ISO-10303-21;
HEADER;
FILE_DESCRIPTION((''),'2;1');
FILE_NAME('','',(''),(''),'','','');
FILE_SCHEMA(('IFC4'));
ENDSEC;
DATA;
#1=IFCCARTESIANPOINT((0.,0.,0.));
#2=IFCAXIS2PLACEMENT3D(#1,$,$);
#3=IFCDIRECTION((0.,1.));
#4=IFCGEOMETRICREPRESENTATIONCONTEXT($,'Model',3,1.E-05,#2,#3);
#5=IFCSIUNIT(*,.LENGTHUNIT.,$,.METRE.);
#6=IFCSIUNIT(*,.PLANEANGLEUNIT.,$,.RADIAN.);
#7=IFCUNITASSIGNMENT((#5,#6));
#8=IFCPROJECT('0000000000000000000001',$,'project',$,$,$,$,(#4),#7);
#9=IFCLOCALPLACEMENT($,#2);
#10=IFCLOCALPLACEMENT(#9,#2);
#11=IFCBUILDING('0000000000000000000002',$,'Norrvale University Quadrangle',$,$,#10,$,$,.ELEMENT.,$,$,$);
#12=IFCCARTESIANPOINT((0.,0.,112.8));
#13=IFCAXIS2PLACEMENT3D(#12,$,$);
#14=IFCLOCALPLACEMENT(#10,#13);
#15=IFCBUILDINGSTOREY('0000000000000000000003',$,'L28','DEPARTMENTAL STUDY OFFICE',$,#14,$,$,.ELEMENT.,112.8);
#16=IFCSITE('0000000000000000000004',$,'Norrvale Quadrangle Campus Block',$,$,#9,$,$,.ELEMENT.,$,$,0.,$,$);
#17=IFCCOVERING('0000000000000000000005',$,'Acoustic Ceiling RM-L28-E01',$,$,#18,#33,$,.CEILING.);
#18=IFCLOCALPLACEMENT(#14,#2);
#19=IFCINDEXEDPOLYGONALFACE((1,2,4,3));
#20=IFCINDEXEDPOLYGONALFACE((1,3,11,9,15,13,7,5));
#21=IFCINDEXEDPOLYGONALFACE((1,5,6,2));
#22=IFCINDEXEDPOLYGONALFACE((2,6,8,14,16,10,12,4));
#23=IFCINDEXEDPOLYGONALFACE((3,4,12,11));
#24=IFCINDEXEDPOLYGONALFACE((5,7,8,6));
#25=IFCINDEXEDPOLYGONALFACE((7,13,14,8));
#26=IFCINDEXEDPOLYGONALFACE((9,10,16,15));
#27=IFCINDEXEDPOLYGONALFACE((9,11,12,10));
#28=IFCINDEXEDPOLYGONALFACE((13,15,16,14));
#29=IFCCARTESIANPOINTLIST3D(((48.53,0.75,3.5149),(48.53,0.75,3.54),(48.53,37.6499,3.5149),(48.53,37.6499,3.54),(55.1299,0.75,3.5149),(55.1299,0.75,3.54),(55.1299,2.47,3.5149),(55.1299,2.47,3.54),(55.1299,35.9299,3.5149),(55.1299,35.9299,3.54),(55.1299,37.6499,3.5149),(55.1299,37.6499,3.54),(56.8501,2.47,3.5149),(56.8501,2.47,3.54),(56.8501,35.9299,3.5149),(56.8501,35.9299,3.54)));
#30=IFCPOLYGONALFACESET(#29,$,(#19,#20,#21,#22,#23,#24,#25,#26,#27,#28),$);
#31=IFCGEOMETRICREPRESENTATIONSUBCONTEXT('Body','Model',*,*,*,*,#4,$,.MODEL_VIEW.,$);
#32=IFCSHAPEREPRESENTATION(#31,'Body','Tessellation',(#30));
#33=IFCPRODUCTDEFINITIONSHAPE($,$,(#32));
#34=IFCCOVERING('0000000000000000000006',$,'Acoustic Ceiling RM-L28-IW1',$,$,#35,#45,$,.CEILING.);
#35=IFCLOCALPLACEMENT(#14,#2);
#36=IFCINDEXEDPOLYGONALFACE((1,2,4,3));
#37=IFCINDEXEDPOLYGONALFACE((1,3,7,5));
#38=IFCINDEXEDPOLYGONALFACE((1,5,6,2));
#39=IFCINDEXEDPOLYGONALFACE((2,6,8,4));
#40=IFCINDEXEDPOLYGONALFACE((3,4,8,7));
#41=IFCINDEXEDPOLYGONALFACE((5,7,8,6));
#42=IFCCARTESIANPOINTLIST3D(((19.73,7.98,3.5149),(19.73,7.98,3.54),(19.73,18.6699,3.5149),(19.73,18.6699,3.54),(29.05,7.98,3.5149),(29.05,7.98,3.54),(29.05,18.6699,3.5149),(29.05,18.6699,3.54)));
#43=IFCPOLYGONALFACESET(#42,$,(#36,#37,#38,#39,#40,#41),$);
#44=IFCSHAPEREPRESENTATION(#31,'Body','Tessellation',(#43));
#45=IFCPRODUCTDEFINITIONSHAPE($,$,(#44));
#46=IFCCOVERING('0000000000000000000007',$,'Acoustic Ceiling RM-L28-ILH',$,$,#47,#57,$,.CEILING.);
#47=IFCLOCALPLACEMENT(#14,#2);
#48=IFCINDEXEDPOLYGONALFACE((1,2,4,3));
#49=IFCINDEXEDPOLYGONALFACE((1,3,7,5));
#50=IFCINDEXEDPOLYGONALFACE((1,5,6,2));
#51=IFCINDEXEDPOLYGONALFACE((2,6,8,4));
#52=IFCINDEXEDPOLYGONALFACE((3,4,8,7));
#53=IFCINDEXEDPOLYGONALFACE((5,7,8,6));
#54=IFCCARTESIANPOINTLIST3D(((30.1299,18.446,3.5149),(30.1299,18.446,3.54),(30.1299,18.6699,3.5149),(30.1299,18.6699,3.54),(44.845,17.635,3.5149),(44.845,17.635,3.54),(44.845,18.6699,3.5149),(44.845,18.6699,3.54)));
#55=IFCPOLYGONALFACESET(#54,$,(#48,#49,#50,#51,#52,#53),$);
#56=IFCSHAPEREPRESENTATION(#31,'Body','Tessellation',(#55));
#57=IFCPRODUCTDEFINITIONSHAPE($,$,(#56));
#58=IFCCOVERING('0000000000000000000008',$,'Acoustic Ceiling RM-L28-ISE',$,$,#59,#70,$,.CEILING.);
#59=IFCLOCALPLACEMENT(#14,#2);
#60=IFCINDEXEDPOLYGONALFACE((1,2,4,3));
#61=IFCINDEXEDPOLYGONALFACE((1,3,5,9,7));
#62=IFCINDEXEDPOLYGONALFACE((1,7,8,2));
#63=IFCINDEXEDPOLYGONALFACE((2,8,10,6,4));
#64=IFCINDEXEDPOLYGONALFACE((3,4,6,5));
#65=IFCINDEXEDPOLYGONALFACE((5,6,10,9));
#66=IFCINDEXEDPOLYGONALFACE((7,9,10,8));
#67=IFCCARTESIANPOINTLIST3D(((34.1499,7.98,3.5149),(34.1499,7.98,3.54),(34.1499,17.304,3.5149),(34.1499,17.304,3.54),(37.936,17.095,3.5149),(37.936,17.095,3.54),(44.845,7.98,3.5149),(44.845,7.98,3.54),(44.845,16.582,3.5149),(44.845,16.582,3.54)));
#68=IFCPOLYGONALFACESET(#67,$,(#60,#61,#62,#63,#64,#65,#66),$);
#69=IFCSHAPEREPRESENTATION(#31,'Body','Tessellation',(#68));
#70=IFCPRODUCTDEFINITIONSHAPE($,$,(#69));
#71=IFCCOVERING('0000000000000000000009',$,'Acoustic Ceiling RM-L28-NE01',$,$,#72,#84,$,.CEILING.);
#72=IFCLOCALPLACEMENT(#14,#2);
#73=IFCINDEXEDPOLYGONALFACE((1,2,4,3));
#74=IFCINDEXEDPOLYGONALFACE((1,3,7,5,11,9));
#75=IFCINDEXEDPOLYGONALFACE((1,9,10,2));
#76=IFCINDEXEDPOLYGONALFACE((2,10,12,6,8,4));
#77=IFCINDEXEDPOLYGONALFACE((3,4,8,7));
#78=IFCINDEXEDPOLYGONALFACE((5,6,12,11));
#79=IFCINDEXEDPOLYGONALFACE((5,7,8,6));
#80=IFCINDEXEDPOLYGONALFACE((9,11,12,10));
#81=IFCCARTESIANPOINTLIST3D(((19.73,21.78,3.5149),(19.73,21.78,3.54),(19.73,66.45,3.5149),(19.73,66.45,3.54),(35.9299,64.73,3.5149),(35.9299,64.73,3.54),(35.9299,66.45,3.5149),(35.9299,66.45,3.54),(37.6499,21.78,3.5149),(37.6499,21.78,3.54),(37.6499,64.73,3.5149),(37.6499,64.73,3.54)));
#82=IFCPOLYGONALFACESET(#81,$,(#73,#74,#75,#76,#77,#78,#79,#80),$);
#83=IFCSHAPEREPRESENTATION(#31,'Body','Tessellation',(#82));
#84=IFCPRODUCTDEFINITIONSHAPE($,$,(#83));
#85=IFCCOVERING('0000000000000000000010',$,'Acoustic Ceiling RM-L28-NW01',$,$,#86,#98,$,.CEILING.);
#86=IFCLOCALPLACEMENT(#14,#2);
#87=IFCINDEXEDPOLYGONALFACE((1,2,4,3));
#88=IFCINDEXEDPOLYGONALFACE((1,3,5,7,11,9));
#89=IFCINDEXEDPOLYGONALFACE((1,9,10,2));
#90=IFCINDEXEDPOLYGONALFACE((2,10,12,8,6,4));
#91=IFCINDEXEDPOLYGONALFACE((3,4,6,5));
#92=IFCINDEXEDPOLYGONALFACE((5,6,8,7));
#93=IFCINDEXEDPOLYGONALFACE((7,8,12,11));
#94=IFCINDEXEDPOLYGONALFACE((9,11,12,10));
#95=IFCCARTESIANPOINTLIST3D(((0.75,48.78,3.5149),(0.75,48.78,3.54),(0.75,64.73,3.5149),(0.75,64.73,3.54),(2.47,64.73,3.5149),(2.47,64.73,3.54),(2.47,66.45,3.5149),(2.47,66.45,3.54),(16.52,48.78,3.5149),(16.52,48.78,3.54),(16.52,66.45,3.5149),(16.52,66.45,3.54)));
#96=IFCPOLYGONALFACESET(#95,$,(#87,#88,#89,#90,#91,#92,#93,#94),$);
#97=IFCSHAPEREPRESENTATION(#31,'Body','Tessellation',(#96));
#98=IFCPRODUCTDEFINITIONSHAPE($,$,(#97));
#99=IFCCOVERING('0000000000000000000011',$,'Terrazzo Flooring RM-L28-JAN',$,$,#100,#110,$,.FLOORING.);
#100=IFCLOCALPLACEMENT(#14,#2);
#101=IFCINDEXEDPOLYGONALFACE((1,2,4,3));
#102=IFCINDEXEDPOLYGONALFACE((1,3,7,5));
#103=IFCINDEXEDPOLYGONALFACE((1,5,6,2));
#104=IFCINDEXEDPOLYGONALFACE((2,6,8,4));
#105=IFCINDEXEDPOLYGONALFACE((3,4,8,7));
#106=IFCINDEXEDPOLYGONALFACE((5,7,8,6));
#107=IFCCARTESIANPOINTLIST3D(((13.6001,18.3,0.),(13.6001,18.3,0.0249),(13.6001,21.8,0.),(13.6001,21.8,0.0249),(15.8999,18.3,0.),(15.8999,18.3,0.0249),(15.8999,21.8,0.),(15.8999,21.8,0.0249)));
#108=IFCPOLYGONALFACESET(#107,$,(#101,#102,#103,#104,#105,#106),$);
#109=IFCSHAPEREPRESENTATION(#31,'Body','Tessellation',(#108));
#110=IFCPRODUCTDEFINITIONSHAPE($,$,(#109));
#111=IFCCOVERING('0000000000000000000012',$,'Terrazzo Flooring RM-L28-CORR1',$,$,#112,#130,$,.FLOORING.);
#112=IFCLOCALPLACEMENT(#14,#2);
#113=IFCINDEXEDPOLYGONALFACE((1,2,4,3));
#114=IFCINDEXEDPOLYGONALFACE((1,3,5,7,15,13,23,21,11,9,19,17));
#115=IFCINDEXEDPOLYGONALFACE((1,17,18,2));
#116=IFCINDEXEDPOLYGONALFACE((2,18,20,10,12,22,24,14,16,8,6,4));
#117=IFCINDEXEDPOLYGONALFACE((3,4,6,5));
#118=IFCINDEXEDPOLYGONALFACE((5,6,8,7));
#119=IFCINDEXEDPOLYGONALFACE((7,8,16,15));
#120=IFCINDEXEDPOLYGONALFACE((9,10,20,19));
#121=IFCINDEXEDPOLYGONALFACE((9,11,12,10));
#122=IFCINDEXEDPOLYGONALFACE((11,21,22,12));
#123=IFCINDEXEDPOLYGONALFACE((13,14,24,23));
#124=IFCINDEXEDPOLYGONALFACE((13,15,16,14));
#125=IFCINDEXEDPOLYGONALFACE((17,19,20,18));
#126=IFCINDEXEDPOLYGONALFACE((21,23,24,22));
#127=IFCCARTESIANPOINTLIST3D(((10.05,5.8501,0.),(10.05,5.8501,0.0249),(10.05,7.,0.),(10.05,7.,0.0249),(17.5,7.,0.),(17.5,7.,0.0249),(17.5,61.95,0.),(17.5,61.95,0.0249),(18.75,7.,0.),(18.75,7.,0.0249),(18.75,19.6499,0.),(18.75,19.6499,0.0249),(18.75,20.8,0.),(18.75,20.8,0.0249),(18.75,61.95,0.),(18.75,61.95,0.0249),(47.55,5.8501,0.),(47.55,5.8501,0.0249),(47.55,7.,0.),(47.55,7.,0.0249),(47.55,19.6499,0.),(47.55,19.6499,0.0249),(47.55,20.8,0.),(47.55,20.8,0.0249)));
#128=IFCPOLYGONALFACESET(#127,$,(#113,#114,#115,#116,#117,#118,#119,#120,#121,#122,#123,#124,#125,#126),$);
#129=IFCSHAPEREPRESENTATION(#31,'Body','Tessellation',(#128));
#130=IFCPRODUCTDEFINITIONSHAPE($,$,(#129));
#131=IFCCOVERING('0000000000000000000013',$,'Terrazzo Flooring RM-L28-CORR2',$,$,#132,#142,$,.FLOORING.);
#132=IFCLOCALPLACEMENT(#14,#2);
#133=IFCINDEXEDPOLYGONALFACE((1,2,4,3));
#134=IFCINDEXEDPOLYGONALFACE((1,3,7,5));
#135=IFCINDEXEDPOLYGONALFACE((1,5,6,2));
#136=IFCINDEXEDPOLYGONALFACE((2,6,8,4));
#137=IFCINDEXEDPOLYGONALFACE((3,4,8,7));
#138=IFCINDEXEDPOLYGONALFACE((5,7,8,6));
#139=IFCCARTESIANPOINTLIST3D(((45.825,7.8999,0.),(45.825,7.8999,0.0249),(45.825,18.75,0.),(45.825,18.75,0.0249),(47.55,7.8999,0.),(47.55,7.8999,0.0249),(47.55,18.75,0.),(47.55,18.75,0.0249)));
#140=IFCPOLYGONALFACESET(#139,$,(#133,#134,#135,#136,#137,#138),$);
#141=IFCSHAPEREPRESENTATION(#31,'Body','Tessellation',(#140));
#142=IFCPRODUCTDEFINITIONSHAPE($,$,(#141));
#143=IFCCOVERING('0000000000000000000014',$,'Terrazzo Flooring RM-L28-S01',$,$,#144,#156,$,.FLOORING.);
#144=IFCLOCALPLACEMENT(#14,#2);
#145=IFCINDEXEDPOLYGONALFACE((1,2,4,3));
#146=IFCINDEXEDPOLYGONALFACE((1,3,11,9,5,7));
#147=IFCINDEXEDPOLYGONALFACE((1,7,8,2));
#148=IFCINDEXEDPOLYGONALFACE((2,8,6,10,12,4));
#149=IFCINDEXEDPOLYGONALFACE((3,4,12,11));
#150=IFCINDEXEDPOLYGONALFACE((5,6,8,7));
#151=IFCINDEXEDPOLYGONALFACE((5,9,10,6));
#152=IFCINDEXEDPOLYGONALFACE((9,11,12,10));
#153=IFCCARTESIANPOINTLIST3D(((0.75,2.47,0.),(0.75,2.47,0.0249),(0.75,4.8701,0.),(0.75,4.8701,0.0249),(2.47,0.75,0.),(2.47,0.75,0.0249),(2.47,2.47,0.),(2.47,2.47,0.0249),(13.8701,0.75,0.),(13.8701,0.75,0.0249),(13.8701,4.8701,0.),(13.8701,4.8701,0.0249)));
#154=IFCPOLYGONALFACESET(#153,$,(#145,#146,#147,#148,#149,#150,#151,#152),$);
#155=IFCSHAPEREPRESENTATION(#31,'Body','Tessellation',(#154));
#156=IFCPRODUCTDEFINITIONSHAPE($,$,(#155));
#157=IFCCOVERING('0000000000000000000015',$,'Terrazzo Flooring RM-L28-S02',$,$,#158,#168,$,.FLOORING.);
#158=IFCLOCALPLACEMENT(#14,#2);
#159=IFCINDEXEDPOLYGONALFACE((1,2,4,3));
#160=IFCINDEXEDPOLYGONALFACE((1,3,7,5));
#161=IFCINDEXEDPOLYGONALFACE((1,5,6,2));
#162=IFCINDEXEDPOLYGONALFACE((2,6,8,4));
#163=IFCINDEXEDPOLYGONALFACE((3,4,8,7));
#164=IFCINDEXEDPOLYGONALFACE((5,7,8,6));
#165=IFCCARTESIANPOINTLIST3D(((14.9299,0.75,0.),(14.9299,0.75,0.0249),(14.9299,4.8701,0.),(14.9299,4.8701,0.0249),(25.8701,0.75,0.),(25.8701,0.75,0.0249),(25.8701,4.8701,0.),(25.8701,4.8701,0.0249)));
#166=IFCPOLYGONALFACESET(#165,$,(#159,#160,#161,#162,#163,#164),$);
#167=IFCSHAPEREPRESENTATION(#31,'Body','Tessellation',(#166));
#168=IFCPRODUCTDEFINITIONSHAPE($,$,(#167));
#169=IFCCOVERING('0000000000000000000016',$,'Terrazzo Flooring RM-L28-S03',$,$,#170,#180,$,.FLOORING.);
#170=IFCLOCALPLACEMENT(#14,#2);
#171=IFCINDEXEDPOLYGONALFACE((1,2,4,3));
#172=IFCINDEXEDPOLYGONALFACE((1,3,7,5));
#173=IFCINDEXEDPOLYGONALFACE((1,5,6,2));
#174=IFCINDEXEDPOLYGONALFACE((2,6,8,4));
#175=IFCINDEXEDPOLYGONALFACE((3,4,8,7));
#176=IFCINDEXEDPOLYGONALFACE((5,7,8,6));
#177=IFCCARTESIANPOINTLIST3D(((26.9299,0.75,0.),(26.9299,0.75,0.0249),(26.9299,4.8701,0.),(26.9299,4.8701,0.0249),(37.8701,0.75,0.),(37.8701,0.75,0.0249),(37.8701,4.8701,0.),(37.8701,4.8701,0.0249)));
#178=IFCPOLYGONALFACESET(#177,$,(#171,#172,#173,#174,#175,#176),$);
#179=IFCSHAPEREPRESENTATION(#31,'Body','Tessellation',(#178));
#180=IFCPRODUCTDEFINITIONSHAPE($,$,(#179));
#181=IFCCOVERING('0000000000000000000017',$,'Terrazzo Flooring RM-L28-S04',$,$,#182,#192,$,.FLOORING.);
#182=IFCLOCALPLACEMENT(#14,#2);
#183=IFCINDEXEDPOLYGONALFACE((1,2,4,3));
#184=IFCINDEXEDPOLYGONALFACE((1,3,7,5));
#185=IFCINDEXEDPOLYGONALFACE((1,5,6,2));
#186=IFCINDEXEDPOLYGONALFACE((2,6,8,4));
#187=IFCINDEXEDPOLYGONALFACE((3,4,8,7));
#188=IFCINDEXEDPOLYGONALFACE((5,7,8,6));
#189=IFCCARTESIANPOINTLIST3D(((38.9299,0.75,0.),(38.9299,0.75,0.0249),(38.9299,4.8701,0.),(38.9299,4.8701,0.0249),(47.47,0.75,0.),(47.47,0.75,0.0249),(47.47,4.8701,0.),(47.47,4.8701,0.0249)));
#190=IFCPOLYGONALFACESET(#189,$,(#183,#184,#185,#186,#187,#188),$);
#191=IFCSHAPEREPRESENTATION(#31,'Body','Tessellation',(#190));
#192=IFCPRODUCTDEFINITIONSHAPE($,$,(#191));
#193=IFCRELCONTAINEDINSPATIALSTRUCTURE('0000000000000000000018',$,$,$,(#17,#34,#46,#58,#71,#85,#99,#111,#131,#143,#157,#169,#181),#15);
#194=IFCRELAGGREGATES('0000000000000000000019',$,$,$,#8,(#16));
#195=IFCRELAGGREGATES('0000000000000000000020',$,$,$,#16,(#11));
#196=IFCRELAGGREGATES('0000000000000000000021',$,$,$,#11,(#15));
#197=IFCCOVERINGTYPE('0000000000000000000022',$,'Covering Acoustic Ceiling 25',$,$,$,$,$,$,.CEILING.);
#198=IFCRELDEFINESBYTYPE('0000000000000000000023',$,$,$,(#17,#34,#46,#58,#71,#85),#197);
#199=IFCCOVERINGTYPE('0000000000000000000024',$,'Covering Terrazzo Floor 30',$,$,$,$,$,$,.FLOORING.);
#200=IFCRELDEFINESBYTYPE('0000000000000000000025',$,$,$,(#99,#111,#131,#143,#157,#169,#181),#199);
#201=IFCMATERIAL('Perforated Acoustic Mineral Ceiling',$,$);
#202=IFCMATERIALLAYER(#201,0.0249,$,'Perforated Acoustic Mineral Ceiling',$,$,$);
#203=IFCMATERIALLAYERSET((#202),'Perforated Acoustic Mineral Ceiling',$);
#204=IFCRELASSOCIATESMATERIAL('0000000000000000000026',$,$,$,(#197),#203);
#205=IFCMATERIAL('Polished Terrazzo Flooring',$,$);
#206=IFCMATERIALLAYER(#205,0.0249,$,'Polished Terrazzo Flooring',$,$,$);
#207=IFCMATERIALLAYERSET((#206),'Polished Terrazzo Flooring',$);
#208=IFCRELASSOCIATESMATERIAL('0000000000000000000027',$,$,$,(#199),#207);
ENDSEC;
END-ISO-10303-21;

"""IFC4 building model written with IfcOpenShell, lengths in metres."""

from ifc_helpers import new_model, si_unit, direction, frame, origin, place, context, subcontext, project, spatial, polyline, outline, extrude, material, layer, layer_set, type_object, element, save


model = new_model("IFC4")

# Units and contexts
model_context = context("Model", 3, precision=1e-05, world=origin(), true_north=direction((0.0, 1.0)))
body_context = subcontext(model_context, "Body", "Model", "MODEL_VIEW")
ifc_project = project(units=[si_unit("LENGTHUNIT", "METRE"), si_unit("PLANEANGLEUNIT", "RADIAN")], contexts=[model_context])

# Site, building, storey
site_placement = place(None, origin())
site = spatial("IfcSite", under=ifc_project, at=site_placement, Name="Norrvale Quadrangle Campus Block", CompositionType="ELEMENT", RefElevation=0.0)
building_placement = place(site_placement, origin())
building = spatial("IfcBuilding", under=site, at=building_placement, Name="Norrvale University Quadrangle", CompositionType="ELEMENT")
storey_placement = place(building_placement, frame((0.0, 0.0, 112.8)))
storey = spatial("IfcBuildingStorey", under=building, at=storey_placement, Name="L28", Description="DEPARTMENTAL STUDY OFFICE", CompositionType="ELEMENT", Elevation=112.8)

# Coverings
ifc_material_1 = material(Name="Perforated Acoustic Mineral Ceiling")
ifc_layer_1 = layer(ifc_material_1, 0.0249, Name="Perforated Acoustic Mineral Ceiling")
ifc_layer_set_1 = layer_set([ifc_layer_1], Name="Perforated Acoustic Mineral Ceiling")
covering_type_1 = type_object("IfcCoveringType", Name="Covering Acoustic Ceiling 25", PredefinedType="CEILING", material=ifc_layer_set_1)
covering_1_placement = place(storey_placement, frame((0.0, 0.0, 3.5149)))
element("IfcCovering", 1, at=covering_1_placement, inside=storey, type_object=covering_type_1, Name="Acoustic Ceiling RM-L28-E01", PredefinedType="CEILING", context=body_context, shape_type="SweptSolid", body=[
    extrude(outline(polyline([(48.53, 37.6499), (55.1299, 37.6499), (55.1299, 35.9299), (56.8501, 35.9299), (56.8501, 2.47), (55.1299, 2.47), (55.1299, 0.75), (48.53, 0.75), (48.53, 37.6499)])), origin(), (0.0, 0.0, 1.0), 0.0251),
])
covering_2_placement = place(storey_placement, frame((0.0, 0.0, 3.5149)))
element("IfcCovering", 2, at=covering_2_placement, inside=storey, type_object=covering_type_1, Name="Acoustic Ceiling RM-L28-IW1", PredefinedType="CEILING", context=body_context, shape_type="SweptSolid", body=[
    extrude(outline(polyline([(19.73, 7.98), (19.73, 18.6699), (29.05, 18.6699), (29.05, 7.98), (19.73, 7.98)])), origin(), (0.0, 0.0, 1.0), 0.0251),
])
covering_3_placement = place(storey_placement, frame((0.0, 0.0, 3.5149)))
element("IfcCovering", 3, at=covering_3_placement, inside=storey, type_object=covering_type_1, Name="Acoustic Ceiling RM-L28-ILH", PredefinedType="CEILING", context=body_context, shape_type="SweptSolid", body=[
    extrude(outline(polyline([(30.1299, 18.446), (30.1299, 18.6699), (44.845, 18.6699), (44.845, 17.635), (30.1299, 18.446)])), origin(), (0.0, 0.0, 1.0), 0.0251),
])
covering_4_placement = place(storey_placement, frame((0.0, 0.0, 3.5149)))
element("IfcCovering", 4, at=covering_4_placement, inside=storey, type_object=covering_type_1, Name="Acoustic Ceiling RM-L28-ISE", PredefinedType="CEILING", context=body_context, shape_type="SweptSolid", body=[
    extrude(outline(polyline([(44.845, 16.582), (44.845, 7.98), (34.1499, 7.98), (34.1499, 17.304), (37.936, 17.095), (44.845, 16.582)])), origin(), (0.0, 0.0, 1.0), 0.0251),
])
covering_5_placement = place(storey_placement, frame((0.0, 0.0, 3.5149)))
element("IfcCovering", 5, at=covering_5_placement, inside=storey, type_object=covering_type_1, Name="Acoustic Ceiling RM-L28-NE01", PredefinedType="CEILING", context=body_context, shape_type="SweptSolid", body=[
    extrude(outline(polyline([(19.73, 21.78), (19.73, 66.45), (35.9299, 66.45), (35.9299, 64.73), (37.6499, 64.73), (37.6499, 21.78), (19.73, 21.78)])), origin(), (0.0, 0.0, 1.0), 0.0251),
])
covering_6_placement = place(storey_placement, frame((0.0, 0.0, 3.5149)))
element("IfcCovering", 6, at=covering_6_placement, inside=storey, type_object=covering_type_1, Name="Acoustic Ceiling RM-L28-NW01", PredefinedType="CEILING", context=body_context, shape_type="SweptSolid", body=[
    extrude(outline(polyline([(16.52, 66.45), (16.52, 48.78), (0.75, 48.78), (0.75, 64.73), (2.47, 64.73), (2.47, 66.45), (16.52, 66.45)])), origin(), (0.0, 0.0, 1.0), 0.0251),
])
ifc_material_2 = material(Name="Polished Terrazzo Flooring")
ifc_layer_2 = layer(ifc_material_2, 0.0249, Name="Polished Terrazzo Flooring")
ifc_layer_set_2 = layer_set([ifc_layer_2], Name="Polished Terrazzo Flooring")
covering_type_2 = type_object("IfcCoveringType", Name="Covering Terrazzo Floor 30", PredefinedType="FLOORING", material=ifc_layer_set_2)
covering_7_placement = place(storey_placement, origin())
element("IfcCovering", 7, at=covering_7_placement, inside=storey, type_object=covering_type_2, Name="Terrazzo Flooring RM-L28-JAN", PredefinedType="FLOORING", context=body_context, shape_type="SweptSolid", body=[
    extrude(outline(polyline([(13.6001, 18.3), (13.6001, 21.8), (15.8999, 21.8), (15.8999, 18.3), (13.6001, 18.3)])), origin(), (0.0, 0.0, 1.0), 0.0249),
])
covering_8_placement = place(storey_placement, origin())
element("IfcCovering", 8, at=covering_8_placement, inside=storey, type_object=covering_type_2, Name="Terrazzo Flooring RM-L28-CORR1", PredefinedType="FLOORING", context=body_context, shape_type="SweptSolid", body=[
    extrude(outline(polyline([(10.05, 5.8501), (10.05, 7.0), (17.5, 7.0), (17.5, 61.95), (18.75, 61.95), (18.75, 20.8), (47.55, 20.8), (47.55, 19.6499), (18.75, 19.6499), (18.75, 7.0), (47.55, 7.0), (47.55, 5.8501), (10.05, 5.8501)])), origin(), (0.0, 0.0, 1.0), 0.0249),
])
covering_9_placement = place(storey_placement, origin())
element("IfcCovering", 9, at=covering_9_placement, inside=storey, type_object=covering_type_2, Name="Terrazzo Flooring RM-L28-CORR2", PredefinedType="FLOORING", context=body_context, shape_type="SweptSolid", body=[
    extrude(outline(polyline([(45.825, 7.8999), (45.825, 18.75), (47.55, 18.75), (47.55, 7.8999), (45.825, 7.8999)])), origin(), (0.0, 0.0, 1.0), 0.0249),
])
covering_10_placement = place(storey_placement, origin())
element("IfcCovering", 10, at=covering_10_placement, inside=storey, type_object=covering_type_2, Name="Terrazzo Flooring RM-L28-S01", PredefinedType="FLOORING", context=body_context, shape_type="SweptSolid", body=[
    extrude(outline(polyline([(13.8701, 4.8701), (13.8701, 0.75), (2.47, 0.75), (2.47, 2.47), (0.75, 2.47), (0.75, 4.8701), (13.8701, 4.8701)])), origin(), (0.0, 0.0, 1.0), 0.0249),
])
covering_11_placement = place(storey_placement, origin())
element("IfcCovering", 11, at=covering_11_placement, inside=storey, type_object=covering_type_2, Name="Terrazzo Flooring RM-L28-S02", PredefinedType="FLOORING", context=body_context, shape_type="SweptSolid", body=[
    extrude(outline(polyline([(25.8701, 4.8701), (25.8701, 0.75), (14.9299, 0.75), (14.9299, 4.8701), (25.8701, 4.8701)])), origin(), (0.0, 0.0, 1.0), 0.0249),
])
covering_12_placement = place(storey_placement, origin())
element("IfcCovering", 12, at=covering_12_placement, inside=storey, type_object=covering_type_2, Name="Terrazzo Flooring RM-L28-S03", PredefinedType="FLOORING", context=body_context, shape_type="SweptSolid", body=[
    extrude(outline(polyline([(37.8701, 4.8701), (37.8701, 0.75), (26.9299, 0.75), (26.9299, 4.8701), (37.8701, 4.8701)])), origin(), (0.0, 0.0, 1.0), 0.0249),
])
covering_13_placement = place(storey_placement, origin())
element("IfcCovering", 13, at=covering_13_placement, inside=storey, type_object=covering_type_2, Name="Terrazzo Flooring RM-L28-S04", PredefinedType="FLOORING", context=body_context, shape_type="SweptSolid", body=[
    extrude(outline(polyline([(47.47, 4.8701), (47.47, 0.75), (38.9299, 0.75), (38.9299, 4.8701), (47.47, 4.8701)])), origin(), (0.0, 0.0, 1.0), 0.0249),
])

save(model, "model.ifc")
